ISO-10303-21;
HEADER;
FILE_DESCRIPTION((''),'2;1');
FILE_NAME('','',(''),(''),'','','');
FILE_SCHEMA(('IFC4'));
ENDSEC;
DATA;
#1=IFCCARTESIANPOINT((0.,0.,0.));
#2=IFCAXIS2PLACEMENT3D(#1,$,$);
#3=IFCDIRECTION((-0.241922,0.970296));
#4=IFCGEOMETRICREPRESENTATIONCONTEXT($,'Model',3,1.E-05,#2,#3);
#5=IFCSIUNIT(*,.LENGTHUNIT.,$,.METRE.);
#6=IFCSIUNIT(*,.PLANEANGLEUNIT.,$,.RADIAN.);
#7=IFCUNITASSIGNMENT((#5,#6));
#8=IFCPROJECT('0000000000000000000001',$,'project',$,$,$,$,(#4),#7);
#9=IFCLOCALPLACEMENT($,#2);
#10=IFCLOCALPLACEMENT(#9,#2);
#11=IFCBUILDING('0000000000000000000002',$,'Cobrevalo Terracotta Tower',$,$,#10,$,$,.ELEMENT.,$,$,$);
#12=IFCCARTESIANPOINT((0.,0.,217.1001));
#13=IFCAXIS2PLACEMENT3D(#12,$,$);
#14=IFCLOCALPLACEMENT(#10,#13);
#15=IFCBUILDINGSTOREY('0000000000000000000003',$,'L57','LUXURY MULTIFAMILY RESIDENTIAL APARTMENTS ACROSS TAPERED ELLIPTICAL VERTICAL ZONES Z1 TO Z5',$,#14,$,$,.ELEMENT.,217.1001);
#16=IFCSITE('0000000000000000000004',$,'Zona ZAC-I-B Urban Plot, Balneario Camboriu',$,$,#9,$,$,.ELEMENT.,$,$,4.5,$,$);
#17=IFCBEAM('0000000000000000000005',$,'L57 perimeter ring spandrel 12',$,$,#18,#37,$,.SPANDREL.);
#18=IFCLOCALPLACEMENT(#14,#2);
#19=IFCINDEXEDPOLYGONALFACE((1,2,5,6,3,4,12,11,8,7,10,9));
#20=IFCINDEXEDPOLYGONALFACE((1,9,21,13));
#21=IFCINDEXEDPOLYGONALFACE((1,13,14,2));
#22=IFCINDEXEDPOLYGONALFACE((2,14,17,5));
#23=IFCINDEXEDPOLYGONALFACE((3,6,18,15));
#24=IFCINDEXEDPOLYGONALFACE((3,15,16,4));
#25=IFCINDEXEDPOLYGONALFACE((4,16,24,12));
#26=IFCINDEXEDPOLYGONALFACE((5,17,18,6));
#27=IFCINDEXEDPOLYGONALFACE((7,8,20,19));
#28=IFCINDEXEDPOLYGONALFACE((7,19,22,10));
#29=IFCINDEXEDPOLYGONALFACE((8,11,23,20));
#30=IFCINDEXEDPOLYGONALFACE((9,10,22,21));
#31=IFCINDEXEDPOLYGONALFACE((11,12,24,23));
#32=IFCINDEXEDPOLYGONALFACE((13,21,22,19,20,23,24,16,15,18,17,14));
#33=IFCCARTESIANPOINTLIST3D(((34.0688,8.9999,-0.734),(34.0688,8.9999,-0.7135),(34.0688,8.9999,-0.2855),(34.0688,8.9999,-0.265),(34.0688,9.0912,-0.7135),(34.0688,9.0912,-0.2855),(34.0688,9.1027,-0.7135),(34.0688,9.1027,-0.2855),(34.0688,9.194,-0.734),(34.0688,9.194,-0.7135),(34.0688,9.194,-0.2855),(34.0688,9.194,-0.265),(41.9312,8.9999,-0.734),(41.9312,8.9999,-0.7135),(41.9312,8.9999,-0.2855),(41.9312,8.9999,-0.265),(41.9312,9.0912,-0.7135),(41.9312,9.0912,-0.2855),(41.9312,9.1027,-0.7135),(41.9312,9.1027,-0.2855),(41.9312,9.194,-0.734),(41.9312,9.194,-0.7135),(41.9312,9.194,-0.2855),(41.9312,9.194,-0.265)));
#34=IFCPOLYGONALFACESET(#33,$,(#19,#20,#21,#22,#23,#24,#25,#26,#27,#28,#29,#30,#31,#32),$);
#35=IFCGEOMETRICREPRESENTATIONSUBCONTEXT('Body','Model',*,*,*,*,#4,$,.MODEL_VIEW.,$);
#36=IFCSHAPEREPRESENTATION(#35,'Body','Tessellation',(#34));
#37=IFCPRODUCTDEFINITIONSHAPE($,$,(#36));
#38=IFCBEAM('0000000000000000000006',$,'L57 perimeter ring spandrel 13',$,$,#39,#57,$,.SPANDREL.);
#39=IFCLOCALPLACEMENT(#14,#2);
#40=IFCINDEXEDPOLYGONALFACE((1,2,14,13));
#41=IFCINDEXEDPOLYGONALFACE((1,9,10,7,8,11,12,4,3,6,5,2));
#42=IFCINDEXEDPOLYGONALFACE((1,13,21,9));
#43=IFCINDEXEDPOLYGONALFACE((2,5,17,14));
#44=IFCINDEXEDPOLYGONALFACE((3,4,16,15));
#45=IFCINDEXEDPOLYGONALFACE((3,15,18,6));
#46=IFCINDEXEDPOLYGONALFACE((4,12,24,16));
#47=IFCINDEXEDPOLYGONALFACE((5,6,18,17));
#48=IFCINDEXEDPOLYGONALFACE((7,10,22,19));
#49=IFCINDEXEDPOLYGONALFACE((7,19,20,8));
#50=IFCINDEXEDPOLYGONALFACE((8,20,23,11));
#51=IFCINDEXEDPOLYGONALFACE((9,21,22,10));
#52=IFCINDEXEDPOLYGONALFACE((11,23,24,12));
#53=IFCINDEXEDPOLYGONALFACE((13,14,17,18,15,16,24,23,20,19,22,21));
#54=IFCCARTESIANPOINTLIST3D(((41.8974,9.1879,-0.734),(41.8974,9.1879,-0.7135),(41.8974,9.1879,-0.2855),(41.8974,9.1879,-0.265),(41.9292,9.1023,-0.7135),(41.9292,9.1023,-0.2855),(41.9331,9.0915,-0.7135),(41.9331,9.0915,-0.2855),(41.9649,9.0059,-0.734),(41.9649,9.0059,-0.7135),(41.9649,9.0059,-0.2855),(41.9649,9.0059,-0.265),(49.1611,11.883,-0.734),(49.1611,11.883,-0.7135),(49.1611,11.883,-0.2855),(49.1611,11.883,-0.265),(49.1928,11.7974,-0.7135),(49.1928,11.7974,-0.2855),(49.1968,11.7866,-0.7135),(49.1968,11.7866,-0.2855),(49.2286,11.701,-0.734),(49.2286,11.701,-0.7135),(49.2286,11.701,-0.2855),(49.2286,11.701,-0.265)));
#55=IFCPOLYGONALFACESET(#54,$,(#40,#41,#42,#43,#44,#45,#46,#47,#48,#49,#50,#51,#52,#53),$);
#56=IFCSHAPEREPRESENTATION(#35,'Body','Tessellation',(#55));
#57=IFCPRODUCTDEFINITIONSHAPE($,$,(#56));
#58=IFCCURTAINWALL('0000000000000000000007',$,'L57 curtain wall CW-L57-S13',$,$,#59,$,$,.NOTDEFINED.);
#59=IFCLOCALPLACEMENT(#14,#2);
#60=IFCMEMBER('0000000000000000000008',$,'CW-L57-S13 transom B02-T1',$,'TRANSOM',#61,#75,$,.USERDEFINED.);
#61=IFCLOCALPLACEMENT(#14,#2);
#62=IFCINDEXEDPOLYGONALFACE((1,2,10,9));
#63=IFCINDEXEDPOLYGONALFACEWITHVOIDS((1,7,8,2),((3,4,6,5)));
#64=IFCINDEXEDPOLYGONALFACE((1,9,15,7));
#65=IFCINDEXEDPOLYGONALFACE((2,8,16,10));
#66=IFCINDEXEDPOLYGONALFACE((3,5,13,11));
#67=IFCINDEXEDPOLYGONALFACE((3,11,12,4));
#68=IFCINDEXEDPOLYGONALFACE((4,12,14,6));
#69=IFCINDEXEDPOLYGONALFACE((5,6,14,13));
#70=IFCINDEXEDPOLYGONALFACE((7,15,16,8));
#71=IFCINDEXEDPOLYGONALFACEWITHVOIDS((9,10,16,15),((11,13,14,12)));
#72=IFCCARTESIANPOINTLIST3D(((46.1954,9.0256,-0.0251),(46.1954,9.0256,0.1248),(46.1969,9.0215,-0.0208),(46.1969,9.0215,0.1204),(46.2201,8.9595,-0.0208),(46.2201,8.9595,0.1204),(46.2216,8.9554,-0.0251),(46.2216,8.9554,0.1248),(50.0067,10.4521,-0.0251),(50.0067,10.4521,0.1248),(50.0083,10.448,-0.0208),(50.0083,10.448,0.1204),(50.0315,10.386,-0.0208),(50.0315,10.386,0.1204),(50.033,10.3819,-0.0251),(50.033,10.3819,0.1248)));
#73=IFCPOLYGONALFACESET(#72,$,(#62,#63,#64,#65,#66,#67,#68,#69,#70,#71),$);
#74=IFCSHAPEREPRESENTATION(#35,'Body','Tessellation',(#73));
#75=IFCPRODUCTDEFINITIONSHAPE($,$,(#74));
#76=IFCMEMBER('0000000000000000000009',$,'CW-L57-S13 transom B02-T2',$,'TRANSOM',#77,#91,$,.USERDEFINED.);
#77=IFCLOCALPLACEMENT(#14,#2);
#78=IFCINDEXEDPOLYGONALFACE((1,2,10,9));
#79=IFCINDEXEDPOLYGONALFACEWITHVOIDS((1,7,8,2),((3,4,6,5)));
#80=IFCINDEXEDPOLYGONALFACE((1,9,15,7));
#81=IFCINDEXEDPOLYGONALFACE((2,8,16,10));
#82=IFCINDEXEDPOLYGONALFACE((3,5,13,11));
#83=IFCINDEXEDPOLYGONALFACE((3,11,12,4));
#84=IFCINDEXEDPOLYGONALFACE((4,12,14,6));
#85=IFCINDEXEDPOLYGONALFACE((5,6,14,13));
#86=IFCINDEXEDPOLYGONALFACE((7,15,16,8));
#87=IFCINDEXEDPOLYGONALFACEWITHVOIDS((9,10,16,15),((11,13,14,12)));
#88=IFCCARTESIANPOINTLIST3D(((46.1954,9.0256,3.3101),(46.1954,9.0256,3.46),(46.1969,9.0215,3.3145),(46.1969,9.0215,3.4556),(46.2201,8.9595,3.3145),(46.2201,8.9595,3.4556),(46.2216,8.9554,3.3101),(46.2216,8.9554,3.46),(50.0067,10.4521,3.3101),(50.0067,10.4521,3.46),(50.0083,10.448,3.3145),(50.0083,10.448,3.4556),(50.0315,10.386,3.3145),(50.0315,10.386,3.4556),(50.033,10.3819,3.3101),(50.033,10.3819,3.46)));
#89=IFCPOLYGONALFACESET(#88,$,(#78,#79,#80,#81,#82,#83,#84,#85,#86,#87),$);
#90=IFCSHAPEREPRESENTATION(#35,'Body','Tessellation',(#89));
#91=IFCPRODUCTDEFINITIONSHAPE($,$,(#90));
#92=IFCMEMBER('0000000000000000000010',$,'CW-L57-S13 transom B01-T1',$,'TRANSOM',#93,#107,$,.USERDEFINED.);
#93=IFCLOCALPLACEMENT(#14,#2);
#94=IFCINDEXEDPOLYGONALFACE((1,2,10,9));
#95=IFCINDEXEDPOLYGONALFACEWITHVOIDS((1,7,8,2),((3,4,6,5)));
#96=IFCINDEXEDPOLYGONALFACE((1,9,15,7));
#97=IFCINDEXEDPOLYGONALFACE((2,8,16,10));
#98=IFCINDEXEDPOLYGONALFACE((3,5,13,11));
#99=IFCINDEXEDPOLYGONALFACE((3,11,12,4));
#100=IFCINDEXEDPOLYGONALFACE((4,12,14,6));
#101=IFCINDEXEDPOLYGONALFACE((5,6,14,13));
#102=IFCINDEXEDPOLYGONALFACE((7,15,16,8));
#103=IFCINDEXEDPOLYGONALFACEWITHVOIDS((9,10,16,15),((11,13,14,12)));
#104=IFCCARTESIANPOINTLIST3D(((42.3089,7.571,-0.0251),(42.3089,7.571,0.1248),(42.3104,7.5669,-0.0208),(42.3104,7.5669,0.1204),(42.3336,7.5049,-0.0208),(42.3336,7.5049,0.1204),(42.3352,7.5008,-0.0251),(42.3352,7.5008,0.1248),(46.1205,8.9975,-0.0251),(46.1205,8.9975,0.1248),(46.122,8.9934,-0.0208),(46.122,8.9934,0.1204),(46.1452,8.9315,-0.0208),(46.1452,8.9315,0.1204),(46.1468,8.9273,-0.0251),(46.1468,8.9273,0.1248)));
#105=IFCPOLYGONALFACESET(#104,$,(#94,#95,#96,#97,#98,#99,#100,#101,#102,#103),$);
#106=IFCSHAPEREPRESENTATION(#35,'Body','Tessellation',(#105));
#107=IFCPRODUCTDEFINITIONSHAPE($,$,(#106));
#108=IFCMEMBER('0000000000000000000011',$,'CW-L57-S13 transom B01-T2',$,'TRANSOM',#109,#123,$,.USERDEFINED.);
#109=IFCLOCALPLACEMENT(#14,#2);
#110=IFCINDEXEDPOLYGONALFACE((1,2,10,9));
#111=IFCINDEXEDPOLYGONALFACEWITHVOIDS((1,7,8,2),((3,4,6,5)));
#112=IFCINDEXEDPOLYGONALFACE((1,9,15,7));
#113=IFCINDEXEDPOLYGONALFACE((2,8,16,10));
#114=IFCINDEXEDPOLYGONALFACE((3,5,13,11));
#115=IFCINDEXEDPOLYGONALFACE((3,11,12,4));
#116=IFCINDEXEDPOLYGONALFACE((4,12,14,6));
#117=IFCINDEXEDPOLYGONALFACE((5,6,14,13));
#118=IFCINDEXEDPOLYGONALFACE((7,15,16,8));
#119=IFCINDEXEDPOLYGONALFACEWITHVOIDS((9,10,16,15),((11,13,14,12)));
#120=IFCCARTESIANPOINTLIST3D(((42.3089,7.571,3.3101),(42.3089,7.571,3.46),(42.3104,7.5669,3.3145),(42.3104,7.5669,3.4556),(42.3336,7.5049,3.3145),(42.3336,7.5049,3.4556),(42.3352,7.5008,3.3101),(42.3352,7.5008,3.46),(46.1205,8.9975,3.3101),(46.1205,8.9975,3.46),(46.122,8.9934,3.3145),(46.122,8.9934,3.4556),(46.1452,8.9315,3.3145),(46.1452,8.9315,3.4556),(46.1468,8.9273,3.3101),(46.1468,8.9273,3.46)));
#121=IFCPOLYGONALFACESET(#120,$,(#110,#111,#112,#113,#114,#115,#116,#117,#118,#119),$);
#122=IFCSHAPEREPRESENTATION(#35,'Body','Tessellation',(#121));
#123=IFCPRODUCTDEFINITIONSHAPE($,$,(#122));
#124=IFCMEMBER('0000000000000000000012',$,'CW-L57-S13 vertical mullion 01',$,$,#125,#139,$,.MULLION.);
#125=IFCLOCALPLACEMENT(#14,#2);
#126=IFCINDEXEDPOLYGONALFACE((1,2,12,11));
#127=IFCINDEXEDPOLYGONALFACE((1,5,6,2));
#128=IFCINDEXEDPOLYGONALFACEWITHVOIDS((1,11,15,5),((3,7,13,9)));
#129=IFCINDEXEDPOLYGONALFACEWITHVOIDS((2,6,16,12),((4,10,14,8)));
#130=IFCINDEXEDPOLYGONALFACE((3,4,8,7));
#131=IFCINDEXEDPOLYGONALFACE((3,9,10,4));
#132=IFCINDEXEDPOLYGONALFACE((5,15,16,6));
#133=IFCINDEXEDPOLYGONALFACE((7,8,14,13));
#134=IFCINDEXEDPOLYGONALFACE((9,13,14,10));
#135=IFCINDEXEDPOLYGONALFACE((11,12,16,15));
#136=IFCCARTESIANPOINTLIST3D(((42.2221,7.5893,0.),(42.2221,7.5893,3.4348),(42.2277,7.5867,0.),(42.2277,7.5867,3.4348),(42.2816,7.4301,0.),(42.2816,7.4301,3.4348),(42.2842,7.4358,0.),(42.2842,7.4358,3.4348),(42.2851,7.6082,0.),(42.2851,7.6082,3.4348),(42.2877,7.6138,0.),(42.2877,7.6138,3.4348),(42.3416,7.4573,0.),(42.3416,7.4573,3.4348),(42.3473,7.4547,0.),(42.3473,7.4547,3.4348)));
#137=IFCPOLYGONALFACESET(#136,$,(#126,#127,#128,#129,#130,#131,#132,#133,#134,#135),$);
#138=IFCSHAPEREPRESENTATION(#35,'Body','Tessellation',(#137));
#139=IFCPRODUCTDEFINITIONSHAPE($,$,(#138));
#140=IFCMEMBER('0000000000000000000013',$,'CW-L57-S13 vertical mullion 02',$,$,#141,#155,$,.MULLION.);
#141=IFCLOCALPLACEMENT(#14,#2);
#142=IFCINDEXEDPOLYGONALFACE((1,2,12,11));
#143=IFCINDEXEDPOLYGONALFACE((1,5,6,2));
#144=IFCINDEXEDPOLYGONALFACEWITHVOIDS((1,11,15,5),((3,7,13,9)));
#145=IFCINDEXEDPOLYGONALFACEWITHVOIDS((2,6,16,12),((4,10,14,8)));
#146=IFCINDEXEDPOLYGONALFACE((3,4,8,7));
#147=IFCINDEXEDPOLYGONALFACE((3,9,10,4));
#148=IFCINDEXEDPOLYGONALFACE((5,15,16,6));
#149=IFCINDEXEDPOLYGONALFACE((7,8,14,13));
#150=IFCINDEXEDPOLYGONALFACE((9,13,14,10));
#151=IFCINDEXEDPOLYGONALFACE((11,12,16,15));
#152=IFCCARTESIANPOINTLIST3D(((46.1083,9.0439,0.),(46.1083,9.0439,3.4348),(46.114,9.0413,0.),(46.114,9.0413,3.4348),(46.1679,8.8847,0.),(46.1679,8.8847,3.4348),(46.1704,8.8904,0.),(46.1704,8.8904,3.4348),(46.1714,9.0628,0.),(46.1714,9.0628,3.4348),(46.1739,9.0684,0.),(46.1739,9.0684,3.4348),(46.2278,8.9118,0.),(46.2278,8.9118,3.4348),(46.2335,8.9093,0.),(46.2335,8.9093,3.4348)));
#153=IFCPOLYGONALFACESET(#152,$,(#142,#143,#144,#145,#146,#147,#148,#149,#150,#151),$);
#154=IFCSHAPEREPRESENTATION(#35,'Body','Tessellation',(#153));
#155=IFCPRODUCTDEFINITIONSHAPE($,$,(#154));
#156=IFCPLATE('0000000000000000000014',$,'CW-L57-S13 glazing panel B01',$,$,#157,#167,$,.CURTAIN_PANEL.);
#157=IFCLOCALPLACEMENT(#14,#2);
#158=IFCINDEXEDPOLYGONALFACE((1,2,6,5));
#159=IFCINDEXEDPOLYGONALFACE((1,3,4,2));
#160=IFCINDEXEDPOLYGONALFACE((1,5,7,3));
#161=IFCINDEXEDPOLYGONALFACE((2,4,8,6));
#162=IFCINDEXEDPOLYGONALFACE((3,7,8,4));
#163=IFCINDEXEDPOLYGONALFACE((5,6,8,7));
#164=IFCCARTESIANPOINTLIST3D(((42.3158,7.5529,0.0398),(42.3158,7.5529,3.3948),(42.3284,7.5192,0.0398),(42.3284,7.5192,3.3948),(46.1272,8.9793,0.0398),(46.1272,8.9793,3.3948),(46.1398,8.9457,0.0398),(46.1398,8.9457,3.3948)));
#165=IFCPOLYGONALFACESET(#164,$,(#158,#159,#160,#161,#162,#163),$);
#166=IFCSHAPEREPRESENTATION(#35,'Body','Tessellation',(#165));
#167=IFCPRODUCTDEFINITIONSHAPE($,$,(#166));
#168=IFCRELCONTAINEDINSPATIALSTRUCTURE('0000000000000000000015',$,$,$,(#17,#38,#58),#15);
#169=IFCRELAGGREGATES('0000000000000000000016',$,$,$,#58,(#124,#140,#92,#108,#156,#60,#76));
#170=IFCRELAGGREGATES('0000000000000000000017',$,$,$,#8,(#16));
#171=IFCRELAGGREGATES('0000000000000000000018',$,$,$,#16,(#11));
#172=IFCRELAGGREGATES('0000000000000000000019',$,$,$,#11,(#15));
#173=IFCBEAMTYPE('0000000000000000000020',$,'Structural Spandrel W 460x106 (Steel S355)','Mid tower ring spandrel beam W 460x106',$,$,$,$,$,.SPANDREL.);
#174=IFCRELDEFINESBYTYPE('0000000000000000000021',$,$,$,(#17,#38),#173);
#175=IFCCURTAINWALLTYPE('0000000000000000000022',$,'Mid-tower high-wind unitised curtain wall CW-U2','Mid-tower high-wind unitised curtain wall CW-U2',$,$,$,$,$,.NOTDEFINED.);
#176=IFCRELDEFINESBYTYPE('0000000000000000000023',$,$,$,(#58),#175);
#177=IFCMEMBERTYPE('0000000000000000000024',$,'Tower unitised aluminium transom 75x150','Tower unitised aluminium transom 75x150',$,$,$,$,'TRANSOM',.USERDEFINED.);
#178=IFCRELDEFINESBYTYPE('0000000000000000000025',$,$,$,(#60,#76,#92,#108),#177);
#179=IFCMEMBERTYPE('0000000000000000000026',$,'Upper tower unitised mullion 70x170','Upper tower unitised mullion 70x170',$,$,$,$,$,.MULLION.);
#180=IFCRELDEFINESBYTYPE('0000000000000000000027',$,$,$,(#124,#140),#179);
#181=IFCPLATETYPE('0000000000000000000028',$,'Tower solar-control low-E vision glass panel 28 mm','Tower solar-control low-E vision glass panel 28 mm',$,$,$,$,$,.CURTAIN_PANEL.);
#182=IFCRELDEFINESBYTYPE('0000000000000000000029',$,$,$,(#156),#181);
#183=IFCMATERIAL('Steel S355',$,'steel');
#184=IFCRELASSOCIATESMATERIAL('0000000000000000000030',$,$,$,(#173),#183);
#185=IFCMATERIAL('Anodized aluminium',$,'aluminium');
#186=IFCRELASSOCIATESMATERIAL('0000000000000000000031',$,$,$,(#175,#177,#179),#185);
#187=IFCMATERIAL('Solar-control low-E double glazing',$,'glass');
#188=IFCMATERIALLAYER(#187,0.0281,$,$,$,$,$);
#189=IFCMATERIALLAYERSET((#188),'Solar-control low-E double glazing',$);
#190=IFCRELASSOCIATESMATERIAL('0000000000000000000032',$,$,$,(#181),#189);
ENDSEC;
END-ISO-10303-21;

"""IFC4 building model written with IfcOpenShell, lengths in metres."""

from ifc_helpers import new_model, si_unit, direction, frame, origin, origin_2d, place, context, subcontext, project, spatial, rectangle, hollow_rectangle, i_section, extrude, source, transform, mapped, material, layer, layer_set, material_profile, profile_set, type_object, element, aggregate, save


model = new_model("IFC4")

# Units and contexts
model_context = context("Model", 3, precision=1e-05, world=origin(), true_north=direction((-0.241922, 0.970296)))
body_context = subcontext(model_context, "Body", "Model", "MODEL_VIEW")
ifc_project = project(units=[si_unit("LENGTHUNIT", "METRE"), si_unit("PLANEANGLEUNIT", "RADIAN")], contexts=[model_context])

# Site, building, storey
site_placement = place(None, origin())
site = spatial("IfcSite", under=ifc_project, at=site_placement, Name="Zona ZAC-I-B Urban Plot, Balneario Camboriu", CompositionType="ELEMENT", RefElevation=4.5)
building_placement = place(site_placement, origin())
building = spatial("IfcBuilding", under=site, at=building_placement, Name="Cobrevalo Terracotta Tower", CompositionType="ELEMENT")
storey_placement = place(building_placement, frame((0.0, 0.0, 217.1001)))
storey = spatial("IfcBuildingStorey", under=building, at=storey_placement, Name="L57", Description="LUXURY MULTIFAMILY RESIDENTIAL APARTMENTS ACROSS TAPERED ELLIPTICAL VERTICAL ZONES Z1 TO Z5", CompositionType="ELEMENT", Elevation=217.1001)

# Shared definitions
ifc_material_1 = material(Name="Steel S355", Category="steel")

# Beams
ifc_material_profile_1 = material_profile(ifc_material_1, i_section(OverallWidth=0.1941, OverallDepth=0.469, WebThickness=0.0115, FlangeThickness=0.0205, at=origin_2d()), Name="W 460x106")
ifc_profile_set_1 = profile_set([ifc_material_profile_1], Name="Steel S355")
beam_type_1 = type_object("IfcBeamType", Name="Structural Spandrel W 460x106 (Steel S355)", Description="Mid tower ring spandrel beam W 460x106", PredefinedType="SPANDREL", material=ifc_profile_set_1)
beam_1_placement = place(storey_placement, frame((34.0688, 9.0969, -0.4995), z_axis=(1.0, 0.0, 0.0), x_axis=(0.0, 1.0, 0.0)))
element("IfcBeam", 1, at=beam_1_placement, inside=storey, type_object=beam_type_1, Name="L57 perimeter ring spandrel 12", PredefinedType="SPANDREL", context=body_context, shape_type="SweptSolid", body=[
    extrude(i_section(OverallWidth=0.1941, OverallDepth=0.469, WebThickness=0.0115, FlangeThickness=0.0205, at=origin_2d()), origin(), (0.0, 0.0, 1.0), 7.8623),
])
beam_2_placement = place(storey_placement, frame((41.9312, 9.0969, -0.4995), z_axis=(0.937546, 0.347861, 0.0), x_axis=(-0.347861, 0.937546, 0.0)))
element("IfcBeam", 2, at=beam_2_placement, inside=storey, type_object=beam_type_1, Name="L57 perimeter ring spandrel 13", PredefinedType="SPANDREL", context=body_context, shape_type="SweptSolid", body=[
    extrude(i_section(OverallWidth=0.1941, OverallDepth=0.469, WebThickness=0.0115, FlangeThickness=0.0205, at=origin_2d()), origin(), (0.0, 0.0, 1.0), 7.7476),
])

# Curtain wall, members, plate
ifc_material_2 = material(Name="Anodized aluminium", Category="aluminium")
curtain_wall_type = type_object("IfcCurtainWallType", Name="Mid-tower high-wind unitised curtain wall CW-U2", Description="Mid-tower high-wind unitised curtain wall CW-U2", PredefinedType="NOTDEFINED", material=ifc_material_2)
curtain_wall_placement = place(storey_placement, origin())
curtain_wall = element("IfcCurtainWall", 3, at=curtain_wall_placement, inside=storey, type_object=curtain_wall_type, Name="L57 curtain wall CW-L57-S13", PredefinedType="NOTDEFINED")
ifc_material_profile_2 = material_profile(ifc_material_2, hollow_rectangle(XDim=0.075, YDim=0.1499, WallThickness=0.0044, at=origin_2d()), Name="CWT 75x150")
ifc_profile_set_2 = profile_set([ifc_material_profile_2], Name="Anodized aluminium")
member_type_1 = type_object("IfcMemberType", Name="Tower unitised aluminium transom 75x150", Description="Tower unitised aluminium transom 75x150", ElementType="TRANSOM", PredefinedType="USERDEFINED", material=ifc_profile_set_2)
shared_shape_1 = source(origin(), body_context, "Body", "SweptSolid", [
    extrude(hollow_rectangle(XDim=0.075, YDim=0.1499, WallThickness=0.0044, at=origin_2d()), origin(), (0.0, 0.0, 1.0), 4.0696),
])
member_1_placement = place(storey_placement, frame((46.2085, 8.9905, 0.0498), z_axis=(0.936548, 0.350538, 0.0), x_axis=(-0.350538, 0.936548, 0.0)))
member_1 = element("IfcMember", 4, at=member_1_placement, type_object=member_type_1, Name="CW-L57-S13 transom B02-T1", ObjectType="TRANSOM", PredefinedType="USERDEFINED", context=body_context, shape_type="MappedRepresentation", body=[
    mapped(shared_shape_1, transform((0.0, 0.0, 0.0), scale=1.0)),
])
member_2_placement = place(storey_placement, frame((46.2085, 8.9905, 3.385), z_axis=(0.936548, 0.350538, 0.0), x_axis=(-0.350538, 0.936548, 0.0)))
member_2 = element("IfcMember", 5, at=member_2_placement, type_object=member_type_1, Name="CW-L57-S13 transom B02-T2", ObjectType="TRANSOM", PredefinedType="USERDEFINED", context=body_context, shape_type="MappedRepresentation", body=[
    mapped(shared_shape_1, transform((0.0, 0.0, 0.0), scale=1.0)),
])
shared_shape_2 = source(origin(), body_context, "Body", "SweptSolid", [
    extrude(hollow_rectangle(XDim=0.075, YDim=0.1499, WallThickness=0.0044, at=origin_2d()), origin(), (0.0, 0.0, 1.0), 4.0698),
])
member_3_placement = place(storey_placement, frame((42.322, 7.5359, 0.0498), z_axis=(0.936556, 0.350519, 0.0), x_axis=(-0.350519, 0.936556, 0.0)))
member_3 = element("IfcMember", 6, at=member_3_placement, type_object=member_type_1, Name="CW-L57-S13 transom B01-T1", ObjectType="TRANSOM", PredefinedType="USERDEFINED", context=body_context, shape_type="MappedRepresentation", body=[
    mapped(shared_shape_2, transform((0.0, 0.0, 0.0), scale=1.0)),
])
member_4_placement = place(storey_placement, frame((42.322, 7.5359, 3.385), z_axis=(0.936556, 0.350519, 0.0), x_axis=(-0.350519, 0.936556, 0.0)))
member_4 = element("IfcMember", 7, at=member_4_placement, type_object=member_type_1, Name="CW-L57-S13 transom B01-T2", ObjectType="TRANSOM", PredefinedType="USERDEFINED", context=body_context, shape_type="MappedRepresentation", body=[
    mapped(shared_shape_2, transform((0.0, 0.0, 0.0), scale=1.0)),
])
ifc_material_profile_3 = material_profile(ifc_material_2, hollow_rectangle(XDim=0.0701, YDim=0.1699, WallThickness=0.0044, at=origin_2d()), Name="CWM 70x170")
ifc_profile_set_3 = profile_set([ifc_material_profile_3], Name="Anodized aluminium")
member_type_2 = type_object("IfcMemberType", Name="Upper tower unitised mullion 70x170", Description="Upper tower unitised mullion 70x170", PredefinedType="MULLION", material=ifc_profile_set_3)
shared_shape_3 = source(origin(), body_context, "Body", "SweptSolid", [
    extrude(hollow_rectangle(XDim=0.0701, YDim=0.1699, WallThickness=0.0044, at=origin_2d()), origin(), (0.0, 0.0, 1.0), 3.4348),
])
member_5_placement = place(storey_placement, frame((42.2847, 7.522, 0.0), z_axis=(0.0, 0.0, 1.0), x_axis=(0.936556, 0.350518, 0.0)))
member_5 = element("IfcMember", 8, at=member_5_placement, type_object=member_type_2, Name="CW-L57-S13 vertical mullion 01", PredefinedType="MULLION", context=body_context, shape_type="MappedRepresentation", body=[
    mapped(shared_shape_3, transform((0.0, 0.0, 0.0), scale=1.0)),
])
member_6_placement = place(storey_placement, frame((46.1709, 8.9766, 0.0), z_axis=(0.0, 0.0, 1.0), x_axis=(0.936556, 0.350518, 0.0)))
member_6 = element("IfcMember", 9, at=member_6_placement, type_object=member_type_2, Name="CW-L57-S13 vertical mullion 02", PredefinedType="MULLION", context=body_context, shape_type="MappedRepresentation", body=[
    mapped(shared_shape_3, transform((0.0, 0.0, 0.0), scale=1.0)),
])
ifc_material_3 = material(Name="Solar-control low-E double glazing", Category="glass")
ifc_layer_1 = layer(ifc_material_3, 0.0281)
ifc_layer_set_1 = layer_set([ifc_layer_1], Name="Solar-control low-E double glazing")
plate_type = type_object("IfcPlateType", Name="Tower solar-control low-E vision glass panel 28 mm", Description="Tower solar-control low-E vision glass panel 28 mm", PredefinedType="CURTAIN_PANEL", material=ifc_layer_set_1)
shared_shape_4 = source(origin(), body_context, "Body", "SweptSolid", [
    extrude(rectangle(XDim=4.0696, YDim=0.0359, at=origin_2d()), origin(), (0.0, 0.0, 1.0), 3.355),
])
plate_placement = place(storey_placement, frame((44.2278, 8.2493, 0.0398), z_axis=(0.0, 0.0, 1.0), x_axis=(0.936558, 0.350513, 0.0)))
plate = element("IfcPlate", 10, at=plate_placement, type_object=plate_type, Name="CW-L57-S13 glazing panel B01", PredefinedType="CURTAIN_PANEL", context=body_context, shape_type="MappedRepresentation", body=[
    mapped(shared_shape_4, transform((0.0, 0.0, 0.0), scale=1.0)),
])
aggregate(curtain_wall, [member_5, member_6, member_3, member_4, plate, member_1, member_2])

save(model, "model.ifc")
